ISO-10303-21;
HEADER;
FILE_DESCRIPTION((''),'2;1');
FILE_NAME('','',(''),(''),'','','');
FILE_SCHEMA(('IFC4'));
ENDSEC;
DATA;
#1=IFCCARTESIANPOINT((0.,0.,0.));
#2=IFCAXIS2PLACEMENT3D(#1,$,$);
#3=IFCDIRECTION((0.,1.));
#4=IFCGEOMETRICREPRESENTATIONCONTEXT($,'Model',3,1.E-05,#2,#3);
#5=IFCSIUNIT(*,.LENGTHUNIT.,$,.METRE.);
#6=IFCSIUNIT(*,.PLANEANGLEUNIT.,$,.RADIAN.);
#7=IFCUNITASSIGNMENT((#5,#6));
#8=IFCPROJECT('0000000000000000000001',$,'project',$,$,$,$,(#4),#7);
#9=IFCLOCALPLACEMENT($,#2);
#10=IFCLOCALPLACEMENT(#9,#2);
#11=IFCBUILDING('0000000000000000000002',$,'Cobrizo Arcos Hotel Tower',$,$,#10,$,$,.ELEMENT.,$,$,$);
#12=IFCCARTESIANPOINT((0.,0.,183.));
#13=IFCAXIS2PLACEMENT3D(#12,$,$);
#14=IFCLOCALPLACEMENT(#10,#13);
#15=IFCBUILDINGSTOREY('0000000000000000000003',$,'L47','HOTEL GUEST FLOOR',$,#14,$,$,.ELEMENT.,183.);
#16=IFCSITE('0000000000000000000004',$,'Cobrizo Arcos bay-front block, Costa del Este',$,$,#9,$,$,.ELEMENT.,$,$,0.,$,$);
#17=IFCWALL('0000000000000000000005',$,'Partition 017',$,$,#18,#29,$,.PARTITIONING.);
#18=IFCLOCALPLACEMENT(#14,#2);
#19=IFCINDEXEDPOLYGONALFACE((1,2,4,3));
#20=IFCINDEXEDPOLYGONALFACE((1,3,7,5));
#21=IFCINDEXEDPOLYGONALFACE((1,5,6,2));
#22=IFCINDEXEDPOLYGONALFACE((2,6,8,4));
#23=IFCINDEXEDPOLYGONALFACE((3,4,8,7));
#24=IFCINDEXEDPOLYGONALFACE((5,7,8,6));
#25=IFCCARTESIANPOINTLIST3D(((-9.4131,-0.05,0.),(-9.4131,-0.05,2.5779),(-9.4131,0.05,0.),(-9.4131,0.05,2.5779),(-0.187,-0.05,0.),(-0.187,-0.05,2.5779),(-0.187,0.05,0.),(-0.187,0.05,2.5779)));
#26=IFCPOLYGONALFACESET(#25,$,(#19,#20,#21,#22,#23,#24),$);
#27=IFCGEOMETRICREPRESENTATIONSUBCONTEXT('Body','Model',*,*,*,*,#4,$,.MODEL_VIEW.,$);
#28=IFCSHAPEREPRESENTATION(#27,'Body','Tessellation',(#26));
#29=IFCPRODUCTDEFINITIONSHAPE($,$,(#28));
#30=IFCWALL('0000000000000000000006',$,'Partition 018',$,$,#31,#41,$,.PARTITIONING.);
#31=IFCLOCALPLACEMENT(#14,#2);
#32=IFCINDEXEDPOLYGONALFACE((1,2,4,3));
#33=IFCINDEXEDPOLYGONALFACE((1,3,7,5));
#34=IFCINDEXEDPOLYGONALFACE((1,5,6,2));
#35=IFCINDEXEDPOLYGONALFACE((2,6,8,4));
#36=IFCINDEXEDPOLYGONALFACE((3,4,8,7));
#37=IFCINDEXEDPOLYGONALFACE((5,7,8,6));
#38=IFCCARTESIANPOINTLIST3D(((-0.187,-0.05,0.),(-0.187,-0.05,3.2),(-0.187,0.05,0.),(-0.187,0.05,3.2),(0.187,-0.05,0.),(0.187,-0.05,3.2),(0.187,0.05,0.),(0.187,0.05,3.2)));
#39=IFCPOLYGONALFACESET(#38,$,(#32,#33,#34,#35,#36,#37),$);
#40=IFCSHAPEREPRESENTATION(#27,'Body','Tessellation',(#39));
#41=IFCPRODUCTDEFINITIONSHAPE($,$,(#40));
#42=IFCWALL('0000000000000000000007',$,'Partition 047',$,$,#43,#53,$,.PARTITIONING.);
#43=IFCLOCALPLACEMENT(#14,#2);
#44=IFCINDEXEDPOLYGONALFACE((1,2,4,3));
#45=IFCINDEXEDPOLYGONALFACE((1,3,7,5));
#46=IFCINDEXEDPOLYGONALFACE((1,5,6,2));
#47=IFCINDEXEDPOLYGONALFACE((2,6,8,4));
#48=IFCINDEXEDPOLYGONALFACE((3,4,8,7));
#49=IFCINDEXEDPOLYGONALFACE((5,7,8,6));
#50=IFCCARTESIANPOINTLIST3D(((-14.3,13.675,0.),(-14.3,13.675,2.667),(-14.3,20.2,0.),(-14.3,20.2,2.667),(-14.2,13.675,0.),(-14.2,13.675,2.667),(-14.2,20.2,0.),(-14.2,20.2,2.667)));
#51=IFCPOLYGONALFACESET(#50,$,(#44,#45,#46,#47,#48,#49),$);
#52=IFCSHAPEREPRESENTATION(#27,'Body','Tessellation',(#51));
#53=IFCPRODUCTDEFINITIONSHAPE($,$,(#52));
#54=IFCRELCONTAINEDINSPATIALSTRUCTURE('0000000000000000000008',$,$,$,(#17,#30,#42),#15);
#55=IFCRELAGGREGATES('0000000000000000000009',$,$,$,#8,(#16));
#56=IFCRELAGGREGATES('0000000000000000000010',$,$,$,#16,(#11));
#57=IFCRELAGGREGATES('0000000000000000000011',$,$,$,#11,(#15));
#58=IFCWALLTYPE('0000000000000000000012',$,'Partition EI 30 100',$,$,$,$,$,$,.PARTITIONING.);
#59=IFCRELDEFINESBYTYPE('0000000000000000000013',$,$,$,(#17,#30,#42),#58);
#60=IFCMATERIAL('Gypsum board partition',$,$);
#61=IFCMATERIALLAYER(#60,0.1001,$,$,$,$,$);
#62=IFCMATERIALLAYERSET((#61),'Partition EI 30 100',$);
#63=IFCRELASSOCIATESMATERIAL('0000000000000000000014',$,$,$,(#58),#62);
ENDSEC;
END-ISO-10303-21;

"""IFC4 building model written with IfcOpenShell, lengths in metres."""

from ifc_helpers import new_model, si_unit, direction, frame, frame_2d, origin, place, context, subcontext, project, spatial, rectangle, extrude, material, layer, layer_set, type_object, element, save


model = new_model("IFC4")

# Units and contexts
model_context = context("Model", 3, precision=1e-05, world=origin(), true_north=direction((0.0, 1.0)))
body_context = subcontext(model_context, "Body", "Model", "MODEL_VIEW")
ifc_project = project(units=[si_unit("LENGTHUNIT", "METRE"), si_unit("PLANEANGLEUNIT", "RADIAN")], contexts=[model_context])

# Site, building, storey
site_placement = place(None, origin())
site = spatial("IfcSite", under=ifc_project, at=site_placement, Name="Cobrizo Arcos bay-front block, Costa del Este", CompositionType="ELEMENT", RefElevation=0.0)
building_placement = place(site_placement, origin())
building = spatial("IfcBuilding", under=site, at=building_placement, Name="Cobrizo Arcos Hotel Tower", CompositionType="ELEMENT")
storey_placement = place(building_placement, frame((0.0, 0.0, 183.0)))
storey = spatial("IfcBuildingStorey", under=building, at=storey_placement, Name="L47", Description="HOTEL GUEST FLOOR", CompositionType="ELEMENT", Elevation=183.0)

# Shared definitions
ifc_material_1 = material(Name="Gypsum board partition")

# Walls
ifc_layer_1 = layer(ifc_material_1, 0.1001)
ifc_layer_set_1 = layer_set([ifc_layer_1], Name="Partition EI 30 100")
wall_type_1 = type_object("IfcWallType", Name="Partition EI 30 100", PredefinedType="PARTITIONING", material=ifc_layer_set_1)
wall_1_placement = place(storey_placement, frame((-9.4131, 0.0, 0.0), z_axis=(0.0, 0.0, 1.0), x_axis=(1.0, 0.0, 0.0)))
element("IfcWall", 1, at=wall_1_placement, inside=storey, type_object=wall_type_1, Name="Partition 017", PredefinedType="PARTITIONING", context=body_context, shape_type="SweptSolid", body=[
    extrude(rectangle(XDim=9.2261, YDim=0.1001, at=frame_2d((4.613, 0.0))), origin(), (0.0, 0.0, 1.0), 2.5779),
])
wall_2_placement = place(storey_placement, frame((-0.187, 0.0, 0.0), z_axis=(0.0, 0.0, 1.0), x_axis=(1.0, 0.0, 0.0)))
element("IfcWall", 2, at=wall_2_placement, inside=storey, type_object=wall_type_1, Name="Partition 018", PredefinedType="PARTITIONING", context=body_context, shape_type="SweptSolid", body=[
    extrude(rectangle(XDim=0.374, YDim=0.1001, at=frame_2d((0.187, 0.0))), origin(), (0.0, 0.0, 1.0), 3.2),
])
wall_3_placement = place(storey_placement, frame((-14.25, 13.675, 0.0), z_axis=(0.0, 0.0, 1.0), x_axis=(0.0, 1.0, 0.0)))
element("IfcWall", 3, at=wall_3_placement, inside=storey, type_object=wall_type_1, Name="Partition 047", PredefinedType="PARTITIONING", context=body_context, shape_type="SweptSolid", body=[
    extrude(rectangle(XDim=6.5249, YDim=0.1001, at=frame_2d((3.2625, 0.0))), origin(), (0.0, 0.0, 1.0), 2.667),
])

save(model, "model.ifc")
